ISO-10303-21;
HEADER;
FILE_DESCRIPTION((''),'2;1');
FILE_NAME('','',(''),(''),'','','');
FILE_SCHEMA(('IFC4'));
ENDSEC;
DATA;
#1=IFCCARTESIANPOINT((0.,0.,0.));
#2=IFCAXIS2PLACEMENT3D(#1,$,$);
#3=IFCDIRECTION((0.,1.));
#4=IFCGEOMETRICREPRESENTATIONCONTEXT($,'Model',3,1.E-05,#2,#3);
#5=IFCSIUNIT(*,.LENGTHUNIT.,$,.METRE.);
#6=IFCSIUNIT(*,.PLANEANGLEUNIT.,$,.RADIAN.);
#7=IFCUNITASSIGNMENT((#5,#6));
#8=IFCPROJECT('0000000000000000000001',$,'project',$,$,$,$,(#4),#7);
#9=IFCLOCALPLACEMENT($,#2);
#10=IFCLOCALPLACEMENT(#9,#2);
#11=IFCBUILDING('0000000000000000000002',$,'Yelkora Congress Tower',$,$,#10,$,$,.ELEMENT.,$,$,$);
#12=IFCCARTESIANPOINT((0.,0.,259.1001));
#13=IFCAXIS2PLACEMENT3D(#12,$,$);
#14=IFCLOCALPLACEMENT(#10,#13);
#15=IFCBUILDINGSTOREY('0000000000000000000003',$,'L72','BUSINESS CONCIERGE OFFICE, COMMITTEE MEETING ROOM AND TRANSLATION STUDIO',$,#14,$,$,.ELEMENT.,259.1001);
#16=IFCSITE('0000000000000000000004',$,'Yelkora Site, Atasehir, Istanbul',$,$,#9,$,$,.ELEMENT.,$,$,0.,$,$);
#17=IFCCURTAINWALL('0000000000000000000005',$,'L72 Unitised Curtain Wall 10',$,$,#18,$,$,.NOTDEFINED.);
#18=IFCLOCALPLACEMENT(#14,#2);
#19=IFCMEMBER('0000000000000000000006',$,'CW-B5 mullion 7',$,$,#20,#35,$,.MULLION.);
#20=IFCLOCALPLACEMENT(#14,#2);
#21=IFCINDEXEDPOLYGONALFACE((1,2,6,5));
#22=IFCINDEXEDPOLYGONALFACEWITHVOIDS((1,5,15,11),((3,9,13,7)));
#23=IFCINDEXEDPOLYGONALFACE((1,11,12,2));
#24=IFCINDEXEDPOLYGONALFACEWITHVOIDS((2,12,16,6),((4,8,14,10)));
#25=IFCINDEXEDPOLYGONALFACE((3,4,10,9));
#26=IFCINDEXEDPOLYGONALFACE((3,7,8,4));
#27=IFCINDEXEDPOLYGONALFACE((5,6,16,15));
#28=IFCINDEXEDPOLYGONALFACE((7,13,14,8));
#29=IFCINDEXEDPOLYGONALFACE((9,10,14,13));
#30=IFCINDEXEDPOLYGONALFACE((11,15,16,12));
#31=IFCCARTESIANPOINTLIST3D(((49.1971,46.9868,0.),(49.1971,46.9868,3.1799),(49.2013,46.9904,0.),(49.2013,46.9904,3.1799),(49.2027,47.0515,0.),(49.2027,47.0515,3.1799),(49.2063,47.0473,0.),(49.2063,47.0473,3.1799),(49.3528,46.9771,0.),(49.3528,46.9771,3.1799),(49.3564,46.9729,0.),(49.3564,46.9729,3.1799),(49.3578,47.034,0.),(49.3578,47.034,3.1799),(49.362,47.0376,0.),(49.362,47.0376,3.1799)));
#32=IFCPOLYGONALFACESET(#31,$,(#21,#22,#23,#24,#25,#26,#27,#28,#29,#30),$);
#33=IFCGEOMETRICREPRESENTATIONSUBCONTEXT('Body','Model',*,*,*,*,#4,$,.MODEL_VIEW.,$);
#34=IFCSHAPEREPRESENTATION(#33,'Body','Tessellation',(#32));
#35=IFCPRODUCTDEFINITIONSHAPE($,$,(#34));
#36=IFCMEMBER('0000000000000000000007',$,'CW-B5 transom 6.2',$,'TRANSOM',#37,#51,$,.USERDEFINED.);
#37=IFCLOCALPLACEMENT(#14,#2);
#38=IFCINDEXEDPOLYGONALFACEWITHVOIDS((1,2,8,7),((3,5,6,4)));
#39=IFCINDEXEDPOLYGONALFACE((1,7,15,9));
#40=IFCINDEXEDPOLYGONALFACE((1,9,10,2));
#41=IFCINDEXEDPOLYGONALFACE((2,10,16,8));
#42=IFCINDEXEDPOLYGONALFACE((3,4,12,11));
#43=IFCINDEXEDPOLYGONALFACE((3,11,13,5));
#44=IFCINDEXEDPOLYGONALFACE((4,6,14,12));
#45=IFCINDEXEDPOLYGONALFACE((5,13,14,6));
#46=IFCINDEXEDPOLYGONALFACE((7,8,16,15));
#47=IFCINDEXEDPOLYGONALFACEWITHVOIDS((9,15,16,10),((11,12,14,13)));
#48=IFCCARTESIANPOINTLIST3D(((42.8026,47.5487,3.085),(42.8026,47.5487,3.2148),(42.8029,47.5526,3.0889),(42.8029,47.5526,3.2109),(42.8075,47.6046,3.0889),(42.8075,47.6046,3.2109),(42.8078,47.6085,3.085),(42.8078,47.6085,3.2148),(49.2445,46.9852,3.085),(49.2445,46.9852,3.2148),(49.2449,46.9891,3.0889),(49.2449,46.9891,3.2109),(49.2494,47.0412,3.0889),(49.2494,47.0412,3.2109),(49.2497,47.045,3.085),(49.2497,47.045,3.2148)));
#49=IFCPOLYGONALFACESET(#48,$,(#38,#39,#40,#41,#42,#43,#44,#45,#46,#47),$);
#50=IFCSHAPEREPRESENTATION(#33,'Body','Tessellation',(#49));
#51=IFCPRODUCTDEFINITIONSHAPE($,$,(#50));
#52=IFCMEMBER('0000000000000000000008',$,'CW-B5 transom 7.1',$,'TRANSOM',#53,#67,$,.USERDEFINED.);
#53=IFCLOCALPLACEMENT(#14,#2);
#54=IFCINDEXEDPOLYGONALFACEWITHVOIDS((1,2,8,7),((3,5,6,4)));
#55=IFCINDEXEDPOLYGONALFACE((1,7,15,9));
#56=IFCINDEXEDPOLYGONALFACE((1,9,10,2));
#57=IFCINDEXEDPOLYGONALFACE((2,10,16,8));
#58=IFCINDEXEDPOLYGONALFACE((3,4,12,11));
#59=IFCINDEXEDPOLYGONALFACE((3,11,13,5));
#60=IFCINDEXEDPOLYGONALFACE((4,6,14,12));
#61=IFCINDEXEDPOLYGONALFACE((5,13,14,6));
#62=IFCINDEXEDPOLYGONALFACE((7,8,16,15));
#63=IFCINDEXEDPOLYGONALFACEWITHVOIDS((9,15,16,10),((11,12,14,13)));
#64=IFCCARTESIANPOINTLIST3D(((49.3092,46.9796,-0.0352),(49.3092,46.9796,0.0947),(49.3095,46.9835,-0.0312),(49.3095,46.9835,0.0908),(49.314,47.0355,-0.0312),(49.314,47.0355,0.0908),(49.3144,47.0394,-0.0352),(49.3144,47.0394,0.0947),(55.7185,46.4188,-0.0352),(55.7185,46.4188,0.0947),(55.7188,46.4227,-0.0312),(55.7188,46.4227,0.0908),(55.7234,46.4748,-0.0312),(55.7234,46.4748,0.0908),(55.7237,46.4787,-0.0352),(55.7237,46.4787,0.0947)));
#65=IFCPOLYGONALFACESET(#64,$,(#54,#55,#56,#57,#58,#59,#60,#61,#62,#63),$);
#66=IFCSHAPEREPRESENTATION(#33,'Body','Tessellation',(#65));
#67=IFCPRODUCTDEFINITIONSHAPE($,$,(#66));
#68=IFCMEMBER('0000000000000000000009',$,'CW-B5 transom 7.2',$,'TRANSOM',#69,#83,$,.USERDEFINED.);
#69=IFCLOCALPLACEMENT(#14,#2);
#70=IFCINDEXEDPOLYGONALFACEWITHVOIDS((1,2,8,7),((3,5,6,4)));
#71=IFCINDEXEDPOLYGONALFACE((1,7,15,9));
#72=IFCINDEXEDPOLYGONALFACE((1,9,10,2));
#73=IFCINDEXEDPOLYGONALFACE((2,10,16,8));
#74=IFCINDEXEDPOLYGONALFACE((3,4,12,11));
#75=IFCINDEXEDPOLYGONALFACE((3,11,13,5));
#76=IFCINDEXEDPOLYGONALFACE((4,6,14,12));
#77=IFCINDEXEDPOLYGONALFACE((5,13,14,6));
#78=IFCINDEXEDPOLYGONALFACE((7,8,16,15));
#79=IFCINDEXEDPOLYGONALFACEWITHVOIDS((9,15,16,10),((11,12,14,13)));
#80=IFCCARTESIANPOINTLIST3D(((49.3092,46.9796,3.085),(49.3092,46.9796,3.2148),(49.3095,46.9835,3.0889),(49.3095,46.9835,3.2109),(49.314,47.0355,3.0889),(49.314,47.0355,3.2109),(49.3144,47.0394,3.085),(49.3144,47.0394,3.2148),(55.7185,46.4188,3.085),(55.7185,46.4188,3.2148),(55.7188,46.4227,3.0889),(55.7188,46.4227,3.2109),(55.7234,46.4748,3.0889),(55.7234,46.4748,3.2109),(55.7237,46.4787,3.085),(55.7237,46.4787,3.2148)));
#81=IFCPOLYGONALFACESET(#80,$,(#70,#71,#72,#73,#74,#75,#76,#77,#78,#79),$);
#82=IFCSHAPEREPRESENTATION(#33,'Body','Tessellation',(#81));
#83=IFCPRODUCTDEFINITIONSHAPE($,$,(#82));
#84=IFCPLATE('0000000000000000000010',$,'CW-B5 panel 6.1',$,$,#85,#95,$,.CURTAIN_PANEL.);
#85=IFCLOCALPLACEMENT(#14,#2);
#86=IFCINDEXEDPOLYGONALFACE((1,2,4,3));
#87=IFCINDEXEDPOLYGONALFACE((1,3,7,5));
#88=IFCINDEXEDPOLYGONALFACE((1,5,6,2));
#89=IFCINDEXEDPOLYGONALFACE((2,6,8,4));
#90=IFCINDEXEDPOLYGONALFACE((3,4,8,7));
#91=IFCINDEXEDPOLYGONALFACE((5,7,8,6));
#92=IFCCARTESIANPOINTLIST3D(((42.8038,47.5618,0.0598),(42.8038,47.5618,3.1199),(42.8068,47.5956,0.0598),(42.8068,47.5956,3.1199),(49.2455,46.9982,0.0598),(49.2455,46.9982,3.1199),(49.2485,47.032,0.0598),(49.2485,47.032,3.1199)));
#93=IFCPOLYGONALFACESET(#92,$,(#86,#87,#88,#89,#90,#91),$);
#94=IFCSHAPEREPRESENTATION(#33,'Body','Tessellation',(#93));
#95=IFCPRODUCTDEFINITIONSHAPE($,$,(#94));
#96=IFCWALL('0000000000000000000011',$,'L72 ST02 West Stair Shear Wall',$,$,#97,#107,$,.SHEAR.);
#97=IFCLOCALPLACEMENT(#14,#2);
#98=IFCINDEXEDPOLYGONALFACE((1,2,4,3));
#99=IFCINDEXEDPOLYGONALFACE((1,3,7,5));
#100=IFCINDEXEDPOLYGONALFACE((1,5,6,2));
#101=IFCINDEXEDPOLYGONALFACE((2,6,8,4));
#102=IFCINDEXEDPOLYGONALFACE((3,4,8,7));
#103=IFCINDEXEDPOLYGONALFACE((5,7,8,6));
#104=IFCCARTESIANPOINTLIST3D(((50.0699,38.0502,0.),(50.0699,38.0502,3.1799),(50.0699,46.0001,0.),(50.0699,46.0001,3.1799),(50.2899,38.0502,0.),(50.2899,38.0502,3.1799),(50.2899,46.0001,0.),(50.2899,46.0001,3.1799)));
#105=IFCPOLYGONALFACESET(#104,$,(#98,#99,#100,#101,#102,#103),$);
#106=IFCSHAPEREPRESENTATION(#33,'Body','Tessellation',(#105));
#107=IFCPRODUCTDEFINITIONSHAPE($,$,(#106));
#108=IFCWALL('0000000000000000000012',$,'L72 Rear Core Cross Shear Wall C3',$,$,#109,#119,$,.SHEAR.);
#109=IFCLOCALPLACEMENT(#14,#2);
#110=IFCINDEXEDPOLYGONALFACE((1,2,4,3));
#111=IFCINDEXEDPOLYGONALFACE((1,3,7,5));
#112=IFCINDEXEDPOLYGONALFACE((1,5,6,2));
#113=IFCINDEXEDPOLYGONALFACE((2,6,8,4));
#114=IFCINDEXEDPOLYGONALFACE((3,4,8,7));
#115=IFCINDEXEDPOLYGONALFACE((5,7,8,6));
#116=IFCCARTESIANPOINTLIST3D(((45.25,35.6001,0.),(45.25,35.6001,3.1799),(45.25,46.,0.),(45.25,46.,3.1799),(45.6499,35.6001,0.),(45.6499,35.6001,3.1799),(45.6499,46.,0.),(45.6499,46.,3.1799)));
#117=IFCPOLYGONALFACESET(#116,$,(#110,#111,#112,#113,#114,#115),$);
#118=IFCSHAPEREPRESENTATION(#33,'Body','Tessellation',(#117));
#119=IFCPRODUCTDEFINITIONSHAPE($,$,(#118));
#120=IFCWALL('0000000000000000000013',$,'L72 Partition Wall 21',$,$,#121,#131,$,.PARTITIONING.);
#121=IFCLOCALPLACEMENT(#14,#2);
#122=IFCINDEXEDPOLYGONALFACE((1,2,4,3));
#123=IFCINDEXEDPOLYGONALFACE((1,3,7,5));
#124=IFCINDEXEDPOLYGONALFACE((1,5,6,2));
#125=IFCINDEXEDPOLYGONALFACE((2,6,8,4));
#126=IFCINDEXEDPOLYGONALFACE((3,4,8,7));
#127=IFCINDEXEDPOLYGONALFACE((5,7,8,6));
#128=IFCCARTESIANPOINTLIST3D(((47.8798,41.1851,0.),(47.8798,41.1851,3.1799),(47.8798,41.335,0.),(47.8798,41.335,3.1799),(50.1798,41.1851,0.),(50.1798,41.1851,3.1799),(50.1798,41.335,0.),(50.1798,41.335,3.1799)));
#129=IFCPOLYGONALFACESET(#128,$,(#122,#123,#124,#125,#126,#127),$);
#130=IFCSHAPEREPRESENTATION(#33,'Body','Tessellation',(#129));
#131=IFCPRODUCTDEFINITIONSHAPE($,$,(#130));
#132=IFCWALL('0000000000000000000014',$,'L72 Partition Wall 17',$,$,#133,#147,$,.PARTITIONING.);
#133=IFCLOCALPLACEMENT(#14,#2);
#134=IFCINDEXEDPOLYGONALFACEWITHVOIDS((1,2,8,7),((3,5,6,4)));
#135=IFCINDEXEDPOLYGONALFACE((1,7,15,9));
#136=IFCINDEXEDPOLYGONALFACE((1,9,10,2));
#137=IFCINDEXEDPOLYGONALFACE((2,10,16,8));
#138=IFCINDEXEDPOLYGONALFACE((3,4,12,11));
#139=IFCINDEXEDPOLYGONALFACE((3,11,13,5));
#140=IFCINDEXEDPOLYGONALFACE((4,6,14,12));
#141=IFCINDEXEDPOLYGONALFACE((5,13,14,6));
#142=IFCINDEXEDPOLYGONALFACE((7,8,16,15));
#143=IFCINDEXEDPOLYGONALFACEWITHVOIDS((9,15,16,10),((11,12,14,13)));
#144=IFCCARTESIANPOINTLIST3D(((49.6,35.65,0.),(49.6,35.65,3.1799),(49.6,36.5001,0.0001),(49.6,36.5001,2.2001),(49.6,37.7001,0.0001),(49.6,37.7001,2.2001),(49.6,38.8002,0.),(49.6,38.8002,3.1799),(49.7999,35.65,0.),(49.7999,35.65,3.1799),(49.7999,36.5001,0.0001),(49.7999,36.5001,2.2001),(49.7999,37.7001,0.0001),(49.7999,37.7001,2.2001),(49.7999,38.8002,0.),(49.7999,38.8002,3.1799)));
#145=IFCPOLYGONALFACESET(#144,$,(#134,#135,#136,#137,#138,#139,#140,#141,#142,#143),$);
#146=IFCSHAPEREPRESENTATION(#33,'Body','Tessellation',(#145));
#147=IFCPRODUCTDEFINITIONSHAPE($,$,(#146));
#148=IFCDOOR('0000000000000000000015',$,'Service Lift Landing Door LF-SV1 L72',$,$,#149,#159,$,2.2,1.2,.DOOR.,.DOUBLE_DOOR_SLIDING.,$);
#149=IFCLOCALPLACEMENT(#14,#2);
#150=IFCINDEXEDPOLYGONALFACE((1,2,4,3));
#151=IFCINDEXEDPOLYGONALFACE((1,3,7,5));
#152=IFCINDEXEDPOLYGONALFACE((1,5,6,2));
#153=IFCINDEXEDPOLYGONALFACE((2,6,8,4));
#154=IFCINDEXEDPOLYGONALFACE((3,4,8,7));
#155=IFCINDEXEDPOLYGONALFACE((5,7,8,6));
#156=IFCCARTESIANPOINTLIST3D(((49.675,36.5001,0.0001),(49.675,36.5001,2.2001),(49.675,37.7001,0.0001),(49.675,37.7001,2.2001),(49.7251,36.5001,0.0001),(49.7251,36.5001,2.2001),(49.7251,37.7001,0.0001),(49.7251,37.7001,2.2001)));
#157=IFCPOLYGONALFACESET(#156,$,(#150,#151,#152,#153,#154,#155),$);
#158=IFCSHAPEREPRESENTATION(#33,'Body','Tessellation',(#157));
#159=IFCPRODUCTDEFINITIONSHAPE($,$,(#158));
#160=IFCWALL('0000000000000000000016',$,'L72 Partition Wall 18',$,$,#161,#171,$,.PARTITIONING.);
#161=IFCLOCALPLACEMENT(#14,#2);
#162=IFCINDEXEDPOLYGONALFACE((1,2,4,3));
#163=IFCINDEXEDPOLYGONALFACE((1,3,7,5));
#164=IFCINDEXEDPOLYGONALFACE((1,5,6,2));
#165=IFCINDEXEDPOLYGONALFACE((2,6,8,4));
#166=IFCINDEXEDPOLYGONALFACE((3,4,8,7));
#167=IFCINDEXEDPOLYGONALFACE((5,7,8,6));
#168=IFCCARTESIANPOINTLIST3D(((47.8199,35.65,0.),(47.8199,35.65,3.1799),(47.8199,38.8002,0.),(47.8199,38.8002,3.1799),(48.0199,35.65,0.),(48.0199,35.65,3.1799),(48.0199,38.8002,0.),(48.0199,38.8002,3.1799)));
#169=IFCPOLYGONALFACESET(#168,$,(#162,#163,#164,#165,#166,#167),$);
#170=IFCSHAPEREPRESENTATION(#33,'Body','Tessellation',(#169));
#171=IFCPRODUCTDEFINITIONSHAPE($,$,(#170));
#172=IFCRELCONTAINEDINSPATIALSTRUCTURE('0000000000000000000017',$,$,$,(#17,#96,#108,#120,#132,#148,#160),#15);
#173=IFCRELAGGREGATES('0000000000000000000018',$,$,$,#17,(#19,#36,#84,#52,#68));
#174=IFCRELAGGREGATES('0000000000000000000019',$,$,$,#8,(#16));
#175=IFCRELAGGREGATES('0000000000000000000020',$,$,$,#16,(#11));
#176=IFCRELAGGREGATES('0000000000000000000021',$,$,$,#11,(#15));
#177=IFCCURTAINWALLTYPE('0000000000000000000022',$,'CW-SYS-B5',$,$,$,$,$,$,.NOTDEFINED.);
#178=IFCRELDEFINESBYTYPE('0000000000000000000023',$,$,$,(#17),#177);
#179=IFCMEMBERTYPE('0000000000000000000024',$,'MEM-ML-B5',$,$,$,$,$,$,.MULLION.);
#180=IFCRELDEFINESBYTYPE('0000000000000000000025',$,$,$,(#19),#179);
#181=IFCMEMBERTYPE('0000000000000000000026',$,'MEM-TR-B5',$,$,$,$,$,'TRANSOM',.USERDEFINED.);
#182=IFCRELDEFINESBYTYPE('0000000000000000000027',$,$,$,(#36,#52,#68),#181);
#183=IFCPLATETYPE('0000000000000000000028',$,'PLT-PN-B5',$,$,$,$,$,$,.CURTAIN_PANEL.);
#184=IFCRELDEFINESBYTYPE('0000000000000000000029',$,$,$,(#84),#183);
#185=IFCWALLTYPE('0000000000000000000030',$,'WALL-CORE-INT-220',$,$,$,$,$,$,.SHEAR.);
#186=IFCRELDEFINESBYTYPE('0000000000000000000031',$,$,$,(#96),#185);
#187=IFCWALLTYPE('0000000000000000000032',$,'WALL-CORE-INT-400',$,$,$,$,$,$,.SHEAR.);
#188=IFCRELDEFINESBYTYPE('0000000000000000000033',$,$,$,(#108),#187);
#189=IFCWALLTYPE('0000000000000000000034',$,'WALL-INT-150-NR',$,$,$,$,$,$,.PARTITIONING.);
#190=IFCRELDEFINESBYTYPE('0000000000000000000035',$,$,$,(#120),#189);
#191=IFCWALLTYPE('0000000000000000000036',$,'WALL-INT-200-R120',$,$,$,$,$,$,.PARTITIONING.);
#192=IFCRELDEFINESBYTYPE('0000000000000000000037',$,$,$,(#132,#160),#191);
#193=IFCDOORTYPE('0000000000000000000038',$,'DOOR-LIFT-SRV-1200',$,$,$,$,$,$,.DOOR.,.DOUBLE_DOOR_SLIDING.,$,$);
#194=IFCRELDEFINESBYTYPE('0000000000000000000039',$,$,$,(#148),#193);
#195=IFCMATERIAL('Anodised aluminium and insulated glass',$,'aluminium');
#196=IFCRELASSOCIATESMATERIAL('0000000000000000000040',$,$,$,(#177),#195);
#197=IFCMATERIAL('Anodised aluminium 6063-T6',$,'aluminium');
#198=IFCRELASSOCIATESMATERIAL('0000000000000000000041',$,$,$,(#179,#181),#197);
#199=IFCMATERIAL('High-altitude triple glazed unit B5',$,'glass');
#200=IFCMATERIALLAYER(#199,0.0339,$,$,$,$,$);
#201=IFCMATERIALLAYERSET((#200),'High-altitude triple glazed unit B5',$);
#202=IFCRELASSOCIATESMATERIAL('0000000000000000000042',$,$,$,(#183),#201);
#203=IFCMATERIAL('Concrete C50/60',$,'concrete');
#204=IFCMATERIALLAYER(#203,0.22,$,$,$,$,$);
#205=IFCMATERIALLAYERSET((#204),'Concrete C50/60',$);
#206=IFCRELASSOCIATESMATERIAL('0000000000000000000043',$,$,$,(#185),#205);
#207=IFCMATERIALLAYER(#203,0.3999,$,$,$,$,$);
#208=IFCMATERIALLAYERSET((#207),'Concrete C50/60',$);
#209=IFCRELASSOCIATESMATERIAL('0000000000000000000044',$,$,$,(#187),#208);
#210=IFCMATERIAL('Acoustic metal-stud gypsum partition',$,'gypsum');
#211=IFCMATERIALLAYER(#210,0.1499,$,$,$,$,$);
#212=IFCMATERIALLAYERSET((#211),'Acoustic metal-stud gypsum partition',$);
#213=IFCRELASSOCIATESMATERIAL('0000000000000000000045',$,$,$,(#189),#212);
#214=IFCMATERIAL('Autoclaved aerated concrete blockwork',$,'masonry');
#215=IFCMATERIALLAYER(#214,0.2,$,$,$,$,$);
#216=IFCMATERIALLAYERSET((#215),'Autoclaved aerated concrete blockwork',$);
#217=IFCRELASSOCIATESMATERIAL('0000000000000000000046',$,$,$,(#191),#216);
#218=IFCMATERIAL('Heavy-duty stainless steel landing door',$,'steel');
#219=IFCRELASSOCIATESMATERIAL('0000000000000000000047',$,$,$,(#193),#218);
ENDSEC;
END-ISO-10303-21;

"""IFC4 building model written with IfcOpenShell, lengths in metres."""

from ifc_helpers import new_model, si_unit, direction, frame, frame_2d, origin, origin_2d, place, context, subcontext, project, spatial, rectangle, hollow_rectangle, extrude, material, layer, layer_set, material_profile, profile_set, type_object, element, fill, aggregate, save


model = new_model("IFC4")

# Units and contexts
model_context = context("Model", 3, precision=1e-05, world=origin(), true_north=direction((0.0, 1.0)))
body_context = subcontext(model_context, "Body", "Model", "MODEL_VIEW")
ifc_project = project(units=[si_unit("LENGTHUNIT", "METRE"), si_unit("PLANEANGLEUNIT", "RADIAN")], contexts=[model_context])

# Site, building, storey
site_placement = place(None, origin())
site = spatial("IfcSite", under=ifc_project, at=site_placement, Name="Yelkora Site, Atasehir, Istanbul", CompositionType="ELEMENT", RefElevation=0.0)
building_placement = place(site_placement, origin())
building = spatial("IfcBuilding", under=site, at=building_placement, Name="Yelkora Congress Tower", CompositionType="ELEMENT")
storey_placement = place(building_placement, frame((0.0, 0.0, 259.1001)))
storey = spatial("IfcBuildingStorey", under=building, at=storey_placement, Name="L72", Description="BUSINESS CONCIERGE OFFICE, COMMITTEE MEETING ROOM AND TRANSLATION STUDIO", CompositionType="ELEMENT", Elevation=259.1001)

# Curtain wall, members, plate
ifc_material_1 = material(Name="Anodised aluminium and insulated glass", Category="aluminium")
curtain_wall_type = type_object("IfcCurtainWallType", Name="CW-SYS-B5", PredefinedType="NOTDEFINED", material=ifc_material_1)
curtain_wall_placement = place(storey_placement, origin())
curtain_wall = element("IfcCurtainWall", 1, at=curtain_wall_placement, inside=storey, type_object=curtain_wall_type, Name="L72 Unitised Curtain Wall 10", PredefinedType="NOTDEFINED")
ifc_material_2 = material(Name="Anodised aluminium 6063-T6", Category="aluminium")
ifc_material_profile_1 = material_profile(ifc_material_2, hollow_rectangle(XDim=0.0649, YDim=0.1599, WallThickness=0.0039, at=origin_2d()), Name="ALU 65x160x4")
ifc_profile_set_1 = profile_set([ifc_material_profile_1], Name="Anodised aluminium 6063-T6")
member_type_1 = type_object("IfcMemberType", Name="MEM-ML-B5", PredefinedType="MULLION", material=ifc_profile_set_1)
member_1_placement = place(storey_placement, frame((49.2795, 47.0122, 0.0), z_axis=(0.0, 0.0, 1.0), x_axis=(0.087157, 0.996195, 0.0)))
member_1 = element("IfcMember", 2, at=member_1_placement, type_object=member_type_1, Name="CW-B5 mullion 7", PredefinedType="MULLION", context=body_context, shape_type="SweptSolid", body=[
    extrude(hollow_rectangle(XDim=0.0649, YDim=0.1599, WallThickness=0.0039, at=origin_2d()), origin(), (0.0, 0.0, 1.0), 3.1799),
])
ifc_material_profile_2 = material_profile(ifc_material_2, hollow_rectangle(XDim=0.0601, YDim=0.1299, WallThickness=0.0039, at=origin_2d()), Name="ALU 60x130x4")
ifc_profile_set_2 = profile_set([ifc_material_profile_2], Name="Anodised aluminium 6063-T6")
member_type_2 = type_object("IfcMemberType", Name="MEM-TR-B5", ElementType="TRANSOM", PredefinedType="USERDEFINED", material=ifc_profile_set_2)
member_2_placement = place(storey_placement, frame((42.8052, 47.5786, 3.1499), z_axis=(0.996196, -0.087138, 0.0), x_axis=(0.087138, 0.996196, 0.0)))
member_2 = element("IfcMember", 3, at=member_2_placement, type_object=member_type_2, Name="CW-B5 transom 6.2", ObjectType="TRANSOM", PredefinedType="USERDEFINED", context=body_context, shape_type="SweptSolid", body=[
    extrude(hollow_rectangle(XDim=0.0601, YDim=0.1299, WallThickness=0.0039, at=origin_2d()), origin(), (0.0, 0.0, 1.0), 6.4666),
])
member_3_placement = place(storey_placement, frame((49.3118, 47.0095, 0.0298), z_axis=(0.996194, -0.087162, 0.0), x_axis=(0.087162, 0.996194, 0.0)))
member_3 = element("IfcMember", 4, at=member_3_placement, type_object=member_type_2, Name="CW-B5 transom 7.1", ObjectType="TRANSOM", PredefinedType="USERDEFINED", context=body_context, shape_type="SweptSolid", body=[
    extrude(hollow_rectangle(XDim=0.0601, YDim=0.1299, WallThickness=0.0039, at=origin_2d()), origin(), (0.0, 0.0, 1.0), 6.4338),
])
member_4_placement = place(storey_placement, frame((49.3118, 47.0095, 3.1499), z_axis=(0.996194, -0.087162, 0.0), x_axis=(0.087162, 0.996194, 0.0)))
member_4 = element("IfcMember", 5, at=member_4_placement, type_object=member_type_2, Name="CW-B5 transom 7.2", ObjectType="TRANSOM", PredefinedType="USERDEFINED", context=body_context, shape_type="SweptSolid", body=[
    extrude(hollow_rectangle(XDim=0.0601, YDim=0.1299, WallThickness=0.0039, at=origin_2d()), origin(), (0.0, 0.0, 1.0), 6.4338),
])
ifc_material_3 = material(Name="High-altitude triple glazed unit B5", Category="glass")
ifc_layer_1 = layer(ifc_material_3, 0.0339)
ifc_layer_set_1 = layer_set([ifc_layer_1], Name="High-altitude triple glazed unit B5")
plate_type = type_object("IfcPlateType", Name="PLT-PN-B5", PredefinedType="CURTAIN_PANEL", material=ifc_layer_set_1)
plate_placement = place(storey_placement, frame((46.0261, 47.2969, 0.0598), z_axis=(0.0, 0.0, 1.0), x_axis=(0.996195, -0.087157, 0.0)))
plate = element("IfcPlate", 6, at=plate_placement, type_object=plate_type, Name="CW-B5 panel 6.1", PredefinedType="CURTAIN_PANEL", context=body_context, shape_type="SweptSolid", body=[
    extrude(rectangle(XDim=6.4663, YDim=0.0339, at=origin_2d()), origin(), (0.0, 0.0, 1.0), 3.0601),
])
aggregate(curtain_wall, [member_1, member_2, plate, member_3, member_4])

# Walls
ifc_material_4 = material(Name="Concrete C50/60", Category="concrete")
ifc_layer_2 = layer(ifc_material_4, 0.22)
ifc_layer_set_2 = layer_set([ifc_layer_2], Name="Concrete C50/60")
wall_type_1 = type_object("IfcWallType", Name="WALL-CORE-INT-220", PredefinedType="SHEAR", material=ifc_layer_set_2)
wall_1_placement = place(storey_placement, frame((50.1799, 38.05, 0.0), z_axis=(0.0, 0.0, 1.0), x_axis=(0.0, 1.0, 0.0)))
element("IfcWall", 7, at=wall_1_placement, inside=storey, type_object=wall_type_1, Name="L72 ST02 West Stair Shear Wall", PredefinedType="SHEAR", context=body_context, shape_type="SweptSolid", body=[
    extrude(rectangle(XDim=7.95, YDim=0.22, at=frame_2d((3.9751, 0.0))), origin(), (0.0, 0.0, 1.0), 3.1799),
])
ifc_layer_3 = layer(ifc_material_4, 0.3999)
ifc_layer_set_3 = layer_set([ifc_layer_3], Name="Concrete C50/60")
wall_type_2 = type_object("IfcWallType", Name="WALL-CORE-INT-400", PredefinedType="SHEAR", material=ifc_layer_set_3)
wall_2_placement = place(storey_placement, frame((45.45, 35.6001, 0.0), z_axis=(0.0, 0.0, 1.0), x_axis=(0.0, 1.0, 0.0)))
element("IfcWall", 8, at=wall_2_placement, inside=storey, type_object=wall_type_2, Name="L72 Rear Core Cross Shear Wall C3", PredefinedType="SHEAR", context=body_context, shape_type="SweptSolid", body=[
    extrude(rectangle(XDim=10.3999, YDim=0.3999, at=frame_2d((5.2, 0.0))), origin(), (0.0, 0.0, 1.0), 3.1799),
])

# Shared definitions
ifc_material_5 = material(Name="Acoustic metal-stud gypsum partition", Category="gypsum")
ifc_layer_4 = layer(ifc_material_5, 0.1499)
ifc_layer_set_4 = layer_set([ifc_layer_4], Name="Acoustic metal-stud gypsum partition")
wall_type_3 = type_object("IfcWallType", Name="WALL-INT-150-NR", PredefinedType="PARTITIONING", material=ifc_layer_set_4)

# Wall
wall_3_placement = place(storey_placement, frame((47.8799, 41.26, 0.0), z_axis=(0.0, 0.0, 1.0), x_axis=(1.0, 0.0, 0.0)))
element("IfcWall", 9, at=wall_3_placement, inside=storey, type_object=wall_type_3, Name="L72 Partition Wall 21", PredefinedType="PARTITIONING", context=body_context, shape_type="SweptSolid", body=[
    extrude(rectangle(XDim=2.3, YDim=0.1499, at=frame_2d((1.1499, 0.0))), origin(), (0.0, 0.0, 1.0), 3.1799),
])

# Wall, opening, door
ifc_material_6 = material(Name="Autoclaved aerated concrete blockwork", Category="masonry")
ifc_layer_5 = layer(ifc_material_6, 0.2)
ifc_layer_set_5 = layer_set([ifc_layer_5], Name="Autoclaved aerated concrete blockwork")
wall_type_4 = type_object("IfcWallType", Name="WALL-INT-200-R120", PredefinedType="PARTITIONING", material=ifc_layer_set_5)
wall_4_placement = place(storey_placement, frame((49.7, 35.6499, 0.0), z_axis=(0.0, 0.0, 1.0), x_axis=(0.0, 1.0, 0.0)))
wall_4 = element("IfcWall", 10, at=wall_4_placement, inside=storey, type_object=wall_type_4, Name="L72 Partition Wall 17", PredefinedType="PARTITIONING", context=body_context, shape_type="SweptSolid", body=[
    extrude(rectangle(XDim=3.1501, YDim=0.2, at=frame_2d((1.5752, 0.0))), origin(), (0.0, 0.0, 1.0), 3.1799),
])
opening_1_placement = place(wall_4_placement, frame((0.8501, 0.0, 0.0)))
opening_1 = element("IfcOpeningElement", 11, at=opening_1_placement, cuts=wall_4, PredefinedType="OPENING", context=body_context, shape_type="SweptSolid", body=[
    extrude(rectangle(XDim=1.2, YDim=2.2, at=frame_2d((0.6001, 1.1001))), frame((0.0, 0.1099, 0.0), z_axis=(0.0, -1.0, 0.0), x_axis=(1.0, 0.0, 0.0)), (0.0, 0.0, 1.0), 0.22),
])
ifc_material_7 = material(Name="Heavy-duty stainless steel landing door", Category="steel")
door_type_1 = type_object("IfcDoorType", Name="DOOR-LIFT-SRV-1200", OperationType="DOUBLE_DOOR_SLIDING", PredefinedType="DOOR", material=ifc_material_7)
door_1_placement = place(opening_1_placement, origin())
door_1 = element("IfcDoor", 12, at=door_1_placement, inside=storey, type_object=door_type_1, Name="Service Lift Landing Door LF-SV1 L72", OperationType="DOUBLE_DOOR_SLIDING", OverallHeight=2.2, OverallWidth=1.2, PredefinedType="DOOR", context=body_context, shape_type="SweptSolid", body=[
    extrude(rectangle(XDim=1.2, YDim=2.2, at=frame_2d((0.6001, 1.1001))), frame((0.0, 0.0249, 0.0), z_axis=(0.0, -1.0, 0.0), x_axis=(1.0, 0.0, 0.0)), (0.0, 0.0, 1.0), 0.05),
])
fill(opening_1, door_1)

# Wall
wall_5_placement = place(storey_placement, frame((47.9199, 35.6499, 0.0), z_axis=(0.0, 0.0, 1.0), x_axis=(0.0, 1.0, 0.0)))
element("IfcWall", 13, at=wall_5_placement, inside=storey, type_object=wall_type_4, Name="L72 Partition Wall 18", PredefinedType="PARTITIONING", context=body_context, shape_type="SweptSolid", body=[
    extrude(rectangle(XDim=3.1501, YDim=0.2, at=frame_2d((1.5752, 0.0))), origin(), (0.0, 0.0, 1.0), 3.1799),
])

save(model, "model.ifc")
